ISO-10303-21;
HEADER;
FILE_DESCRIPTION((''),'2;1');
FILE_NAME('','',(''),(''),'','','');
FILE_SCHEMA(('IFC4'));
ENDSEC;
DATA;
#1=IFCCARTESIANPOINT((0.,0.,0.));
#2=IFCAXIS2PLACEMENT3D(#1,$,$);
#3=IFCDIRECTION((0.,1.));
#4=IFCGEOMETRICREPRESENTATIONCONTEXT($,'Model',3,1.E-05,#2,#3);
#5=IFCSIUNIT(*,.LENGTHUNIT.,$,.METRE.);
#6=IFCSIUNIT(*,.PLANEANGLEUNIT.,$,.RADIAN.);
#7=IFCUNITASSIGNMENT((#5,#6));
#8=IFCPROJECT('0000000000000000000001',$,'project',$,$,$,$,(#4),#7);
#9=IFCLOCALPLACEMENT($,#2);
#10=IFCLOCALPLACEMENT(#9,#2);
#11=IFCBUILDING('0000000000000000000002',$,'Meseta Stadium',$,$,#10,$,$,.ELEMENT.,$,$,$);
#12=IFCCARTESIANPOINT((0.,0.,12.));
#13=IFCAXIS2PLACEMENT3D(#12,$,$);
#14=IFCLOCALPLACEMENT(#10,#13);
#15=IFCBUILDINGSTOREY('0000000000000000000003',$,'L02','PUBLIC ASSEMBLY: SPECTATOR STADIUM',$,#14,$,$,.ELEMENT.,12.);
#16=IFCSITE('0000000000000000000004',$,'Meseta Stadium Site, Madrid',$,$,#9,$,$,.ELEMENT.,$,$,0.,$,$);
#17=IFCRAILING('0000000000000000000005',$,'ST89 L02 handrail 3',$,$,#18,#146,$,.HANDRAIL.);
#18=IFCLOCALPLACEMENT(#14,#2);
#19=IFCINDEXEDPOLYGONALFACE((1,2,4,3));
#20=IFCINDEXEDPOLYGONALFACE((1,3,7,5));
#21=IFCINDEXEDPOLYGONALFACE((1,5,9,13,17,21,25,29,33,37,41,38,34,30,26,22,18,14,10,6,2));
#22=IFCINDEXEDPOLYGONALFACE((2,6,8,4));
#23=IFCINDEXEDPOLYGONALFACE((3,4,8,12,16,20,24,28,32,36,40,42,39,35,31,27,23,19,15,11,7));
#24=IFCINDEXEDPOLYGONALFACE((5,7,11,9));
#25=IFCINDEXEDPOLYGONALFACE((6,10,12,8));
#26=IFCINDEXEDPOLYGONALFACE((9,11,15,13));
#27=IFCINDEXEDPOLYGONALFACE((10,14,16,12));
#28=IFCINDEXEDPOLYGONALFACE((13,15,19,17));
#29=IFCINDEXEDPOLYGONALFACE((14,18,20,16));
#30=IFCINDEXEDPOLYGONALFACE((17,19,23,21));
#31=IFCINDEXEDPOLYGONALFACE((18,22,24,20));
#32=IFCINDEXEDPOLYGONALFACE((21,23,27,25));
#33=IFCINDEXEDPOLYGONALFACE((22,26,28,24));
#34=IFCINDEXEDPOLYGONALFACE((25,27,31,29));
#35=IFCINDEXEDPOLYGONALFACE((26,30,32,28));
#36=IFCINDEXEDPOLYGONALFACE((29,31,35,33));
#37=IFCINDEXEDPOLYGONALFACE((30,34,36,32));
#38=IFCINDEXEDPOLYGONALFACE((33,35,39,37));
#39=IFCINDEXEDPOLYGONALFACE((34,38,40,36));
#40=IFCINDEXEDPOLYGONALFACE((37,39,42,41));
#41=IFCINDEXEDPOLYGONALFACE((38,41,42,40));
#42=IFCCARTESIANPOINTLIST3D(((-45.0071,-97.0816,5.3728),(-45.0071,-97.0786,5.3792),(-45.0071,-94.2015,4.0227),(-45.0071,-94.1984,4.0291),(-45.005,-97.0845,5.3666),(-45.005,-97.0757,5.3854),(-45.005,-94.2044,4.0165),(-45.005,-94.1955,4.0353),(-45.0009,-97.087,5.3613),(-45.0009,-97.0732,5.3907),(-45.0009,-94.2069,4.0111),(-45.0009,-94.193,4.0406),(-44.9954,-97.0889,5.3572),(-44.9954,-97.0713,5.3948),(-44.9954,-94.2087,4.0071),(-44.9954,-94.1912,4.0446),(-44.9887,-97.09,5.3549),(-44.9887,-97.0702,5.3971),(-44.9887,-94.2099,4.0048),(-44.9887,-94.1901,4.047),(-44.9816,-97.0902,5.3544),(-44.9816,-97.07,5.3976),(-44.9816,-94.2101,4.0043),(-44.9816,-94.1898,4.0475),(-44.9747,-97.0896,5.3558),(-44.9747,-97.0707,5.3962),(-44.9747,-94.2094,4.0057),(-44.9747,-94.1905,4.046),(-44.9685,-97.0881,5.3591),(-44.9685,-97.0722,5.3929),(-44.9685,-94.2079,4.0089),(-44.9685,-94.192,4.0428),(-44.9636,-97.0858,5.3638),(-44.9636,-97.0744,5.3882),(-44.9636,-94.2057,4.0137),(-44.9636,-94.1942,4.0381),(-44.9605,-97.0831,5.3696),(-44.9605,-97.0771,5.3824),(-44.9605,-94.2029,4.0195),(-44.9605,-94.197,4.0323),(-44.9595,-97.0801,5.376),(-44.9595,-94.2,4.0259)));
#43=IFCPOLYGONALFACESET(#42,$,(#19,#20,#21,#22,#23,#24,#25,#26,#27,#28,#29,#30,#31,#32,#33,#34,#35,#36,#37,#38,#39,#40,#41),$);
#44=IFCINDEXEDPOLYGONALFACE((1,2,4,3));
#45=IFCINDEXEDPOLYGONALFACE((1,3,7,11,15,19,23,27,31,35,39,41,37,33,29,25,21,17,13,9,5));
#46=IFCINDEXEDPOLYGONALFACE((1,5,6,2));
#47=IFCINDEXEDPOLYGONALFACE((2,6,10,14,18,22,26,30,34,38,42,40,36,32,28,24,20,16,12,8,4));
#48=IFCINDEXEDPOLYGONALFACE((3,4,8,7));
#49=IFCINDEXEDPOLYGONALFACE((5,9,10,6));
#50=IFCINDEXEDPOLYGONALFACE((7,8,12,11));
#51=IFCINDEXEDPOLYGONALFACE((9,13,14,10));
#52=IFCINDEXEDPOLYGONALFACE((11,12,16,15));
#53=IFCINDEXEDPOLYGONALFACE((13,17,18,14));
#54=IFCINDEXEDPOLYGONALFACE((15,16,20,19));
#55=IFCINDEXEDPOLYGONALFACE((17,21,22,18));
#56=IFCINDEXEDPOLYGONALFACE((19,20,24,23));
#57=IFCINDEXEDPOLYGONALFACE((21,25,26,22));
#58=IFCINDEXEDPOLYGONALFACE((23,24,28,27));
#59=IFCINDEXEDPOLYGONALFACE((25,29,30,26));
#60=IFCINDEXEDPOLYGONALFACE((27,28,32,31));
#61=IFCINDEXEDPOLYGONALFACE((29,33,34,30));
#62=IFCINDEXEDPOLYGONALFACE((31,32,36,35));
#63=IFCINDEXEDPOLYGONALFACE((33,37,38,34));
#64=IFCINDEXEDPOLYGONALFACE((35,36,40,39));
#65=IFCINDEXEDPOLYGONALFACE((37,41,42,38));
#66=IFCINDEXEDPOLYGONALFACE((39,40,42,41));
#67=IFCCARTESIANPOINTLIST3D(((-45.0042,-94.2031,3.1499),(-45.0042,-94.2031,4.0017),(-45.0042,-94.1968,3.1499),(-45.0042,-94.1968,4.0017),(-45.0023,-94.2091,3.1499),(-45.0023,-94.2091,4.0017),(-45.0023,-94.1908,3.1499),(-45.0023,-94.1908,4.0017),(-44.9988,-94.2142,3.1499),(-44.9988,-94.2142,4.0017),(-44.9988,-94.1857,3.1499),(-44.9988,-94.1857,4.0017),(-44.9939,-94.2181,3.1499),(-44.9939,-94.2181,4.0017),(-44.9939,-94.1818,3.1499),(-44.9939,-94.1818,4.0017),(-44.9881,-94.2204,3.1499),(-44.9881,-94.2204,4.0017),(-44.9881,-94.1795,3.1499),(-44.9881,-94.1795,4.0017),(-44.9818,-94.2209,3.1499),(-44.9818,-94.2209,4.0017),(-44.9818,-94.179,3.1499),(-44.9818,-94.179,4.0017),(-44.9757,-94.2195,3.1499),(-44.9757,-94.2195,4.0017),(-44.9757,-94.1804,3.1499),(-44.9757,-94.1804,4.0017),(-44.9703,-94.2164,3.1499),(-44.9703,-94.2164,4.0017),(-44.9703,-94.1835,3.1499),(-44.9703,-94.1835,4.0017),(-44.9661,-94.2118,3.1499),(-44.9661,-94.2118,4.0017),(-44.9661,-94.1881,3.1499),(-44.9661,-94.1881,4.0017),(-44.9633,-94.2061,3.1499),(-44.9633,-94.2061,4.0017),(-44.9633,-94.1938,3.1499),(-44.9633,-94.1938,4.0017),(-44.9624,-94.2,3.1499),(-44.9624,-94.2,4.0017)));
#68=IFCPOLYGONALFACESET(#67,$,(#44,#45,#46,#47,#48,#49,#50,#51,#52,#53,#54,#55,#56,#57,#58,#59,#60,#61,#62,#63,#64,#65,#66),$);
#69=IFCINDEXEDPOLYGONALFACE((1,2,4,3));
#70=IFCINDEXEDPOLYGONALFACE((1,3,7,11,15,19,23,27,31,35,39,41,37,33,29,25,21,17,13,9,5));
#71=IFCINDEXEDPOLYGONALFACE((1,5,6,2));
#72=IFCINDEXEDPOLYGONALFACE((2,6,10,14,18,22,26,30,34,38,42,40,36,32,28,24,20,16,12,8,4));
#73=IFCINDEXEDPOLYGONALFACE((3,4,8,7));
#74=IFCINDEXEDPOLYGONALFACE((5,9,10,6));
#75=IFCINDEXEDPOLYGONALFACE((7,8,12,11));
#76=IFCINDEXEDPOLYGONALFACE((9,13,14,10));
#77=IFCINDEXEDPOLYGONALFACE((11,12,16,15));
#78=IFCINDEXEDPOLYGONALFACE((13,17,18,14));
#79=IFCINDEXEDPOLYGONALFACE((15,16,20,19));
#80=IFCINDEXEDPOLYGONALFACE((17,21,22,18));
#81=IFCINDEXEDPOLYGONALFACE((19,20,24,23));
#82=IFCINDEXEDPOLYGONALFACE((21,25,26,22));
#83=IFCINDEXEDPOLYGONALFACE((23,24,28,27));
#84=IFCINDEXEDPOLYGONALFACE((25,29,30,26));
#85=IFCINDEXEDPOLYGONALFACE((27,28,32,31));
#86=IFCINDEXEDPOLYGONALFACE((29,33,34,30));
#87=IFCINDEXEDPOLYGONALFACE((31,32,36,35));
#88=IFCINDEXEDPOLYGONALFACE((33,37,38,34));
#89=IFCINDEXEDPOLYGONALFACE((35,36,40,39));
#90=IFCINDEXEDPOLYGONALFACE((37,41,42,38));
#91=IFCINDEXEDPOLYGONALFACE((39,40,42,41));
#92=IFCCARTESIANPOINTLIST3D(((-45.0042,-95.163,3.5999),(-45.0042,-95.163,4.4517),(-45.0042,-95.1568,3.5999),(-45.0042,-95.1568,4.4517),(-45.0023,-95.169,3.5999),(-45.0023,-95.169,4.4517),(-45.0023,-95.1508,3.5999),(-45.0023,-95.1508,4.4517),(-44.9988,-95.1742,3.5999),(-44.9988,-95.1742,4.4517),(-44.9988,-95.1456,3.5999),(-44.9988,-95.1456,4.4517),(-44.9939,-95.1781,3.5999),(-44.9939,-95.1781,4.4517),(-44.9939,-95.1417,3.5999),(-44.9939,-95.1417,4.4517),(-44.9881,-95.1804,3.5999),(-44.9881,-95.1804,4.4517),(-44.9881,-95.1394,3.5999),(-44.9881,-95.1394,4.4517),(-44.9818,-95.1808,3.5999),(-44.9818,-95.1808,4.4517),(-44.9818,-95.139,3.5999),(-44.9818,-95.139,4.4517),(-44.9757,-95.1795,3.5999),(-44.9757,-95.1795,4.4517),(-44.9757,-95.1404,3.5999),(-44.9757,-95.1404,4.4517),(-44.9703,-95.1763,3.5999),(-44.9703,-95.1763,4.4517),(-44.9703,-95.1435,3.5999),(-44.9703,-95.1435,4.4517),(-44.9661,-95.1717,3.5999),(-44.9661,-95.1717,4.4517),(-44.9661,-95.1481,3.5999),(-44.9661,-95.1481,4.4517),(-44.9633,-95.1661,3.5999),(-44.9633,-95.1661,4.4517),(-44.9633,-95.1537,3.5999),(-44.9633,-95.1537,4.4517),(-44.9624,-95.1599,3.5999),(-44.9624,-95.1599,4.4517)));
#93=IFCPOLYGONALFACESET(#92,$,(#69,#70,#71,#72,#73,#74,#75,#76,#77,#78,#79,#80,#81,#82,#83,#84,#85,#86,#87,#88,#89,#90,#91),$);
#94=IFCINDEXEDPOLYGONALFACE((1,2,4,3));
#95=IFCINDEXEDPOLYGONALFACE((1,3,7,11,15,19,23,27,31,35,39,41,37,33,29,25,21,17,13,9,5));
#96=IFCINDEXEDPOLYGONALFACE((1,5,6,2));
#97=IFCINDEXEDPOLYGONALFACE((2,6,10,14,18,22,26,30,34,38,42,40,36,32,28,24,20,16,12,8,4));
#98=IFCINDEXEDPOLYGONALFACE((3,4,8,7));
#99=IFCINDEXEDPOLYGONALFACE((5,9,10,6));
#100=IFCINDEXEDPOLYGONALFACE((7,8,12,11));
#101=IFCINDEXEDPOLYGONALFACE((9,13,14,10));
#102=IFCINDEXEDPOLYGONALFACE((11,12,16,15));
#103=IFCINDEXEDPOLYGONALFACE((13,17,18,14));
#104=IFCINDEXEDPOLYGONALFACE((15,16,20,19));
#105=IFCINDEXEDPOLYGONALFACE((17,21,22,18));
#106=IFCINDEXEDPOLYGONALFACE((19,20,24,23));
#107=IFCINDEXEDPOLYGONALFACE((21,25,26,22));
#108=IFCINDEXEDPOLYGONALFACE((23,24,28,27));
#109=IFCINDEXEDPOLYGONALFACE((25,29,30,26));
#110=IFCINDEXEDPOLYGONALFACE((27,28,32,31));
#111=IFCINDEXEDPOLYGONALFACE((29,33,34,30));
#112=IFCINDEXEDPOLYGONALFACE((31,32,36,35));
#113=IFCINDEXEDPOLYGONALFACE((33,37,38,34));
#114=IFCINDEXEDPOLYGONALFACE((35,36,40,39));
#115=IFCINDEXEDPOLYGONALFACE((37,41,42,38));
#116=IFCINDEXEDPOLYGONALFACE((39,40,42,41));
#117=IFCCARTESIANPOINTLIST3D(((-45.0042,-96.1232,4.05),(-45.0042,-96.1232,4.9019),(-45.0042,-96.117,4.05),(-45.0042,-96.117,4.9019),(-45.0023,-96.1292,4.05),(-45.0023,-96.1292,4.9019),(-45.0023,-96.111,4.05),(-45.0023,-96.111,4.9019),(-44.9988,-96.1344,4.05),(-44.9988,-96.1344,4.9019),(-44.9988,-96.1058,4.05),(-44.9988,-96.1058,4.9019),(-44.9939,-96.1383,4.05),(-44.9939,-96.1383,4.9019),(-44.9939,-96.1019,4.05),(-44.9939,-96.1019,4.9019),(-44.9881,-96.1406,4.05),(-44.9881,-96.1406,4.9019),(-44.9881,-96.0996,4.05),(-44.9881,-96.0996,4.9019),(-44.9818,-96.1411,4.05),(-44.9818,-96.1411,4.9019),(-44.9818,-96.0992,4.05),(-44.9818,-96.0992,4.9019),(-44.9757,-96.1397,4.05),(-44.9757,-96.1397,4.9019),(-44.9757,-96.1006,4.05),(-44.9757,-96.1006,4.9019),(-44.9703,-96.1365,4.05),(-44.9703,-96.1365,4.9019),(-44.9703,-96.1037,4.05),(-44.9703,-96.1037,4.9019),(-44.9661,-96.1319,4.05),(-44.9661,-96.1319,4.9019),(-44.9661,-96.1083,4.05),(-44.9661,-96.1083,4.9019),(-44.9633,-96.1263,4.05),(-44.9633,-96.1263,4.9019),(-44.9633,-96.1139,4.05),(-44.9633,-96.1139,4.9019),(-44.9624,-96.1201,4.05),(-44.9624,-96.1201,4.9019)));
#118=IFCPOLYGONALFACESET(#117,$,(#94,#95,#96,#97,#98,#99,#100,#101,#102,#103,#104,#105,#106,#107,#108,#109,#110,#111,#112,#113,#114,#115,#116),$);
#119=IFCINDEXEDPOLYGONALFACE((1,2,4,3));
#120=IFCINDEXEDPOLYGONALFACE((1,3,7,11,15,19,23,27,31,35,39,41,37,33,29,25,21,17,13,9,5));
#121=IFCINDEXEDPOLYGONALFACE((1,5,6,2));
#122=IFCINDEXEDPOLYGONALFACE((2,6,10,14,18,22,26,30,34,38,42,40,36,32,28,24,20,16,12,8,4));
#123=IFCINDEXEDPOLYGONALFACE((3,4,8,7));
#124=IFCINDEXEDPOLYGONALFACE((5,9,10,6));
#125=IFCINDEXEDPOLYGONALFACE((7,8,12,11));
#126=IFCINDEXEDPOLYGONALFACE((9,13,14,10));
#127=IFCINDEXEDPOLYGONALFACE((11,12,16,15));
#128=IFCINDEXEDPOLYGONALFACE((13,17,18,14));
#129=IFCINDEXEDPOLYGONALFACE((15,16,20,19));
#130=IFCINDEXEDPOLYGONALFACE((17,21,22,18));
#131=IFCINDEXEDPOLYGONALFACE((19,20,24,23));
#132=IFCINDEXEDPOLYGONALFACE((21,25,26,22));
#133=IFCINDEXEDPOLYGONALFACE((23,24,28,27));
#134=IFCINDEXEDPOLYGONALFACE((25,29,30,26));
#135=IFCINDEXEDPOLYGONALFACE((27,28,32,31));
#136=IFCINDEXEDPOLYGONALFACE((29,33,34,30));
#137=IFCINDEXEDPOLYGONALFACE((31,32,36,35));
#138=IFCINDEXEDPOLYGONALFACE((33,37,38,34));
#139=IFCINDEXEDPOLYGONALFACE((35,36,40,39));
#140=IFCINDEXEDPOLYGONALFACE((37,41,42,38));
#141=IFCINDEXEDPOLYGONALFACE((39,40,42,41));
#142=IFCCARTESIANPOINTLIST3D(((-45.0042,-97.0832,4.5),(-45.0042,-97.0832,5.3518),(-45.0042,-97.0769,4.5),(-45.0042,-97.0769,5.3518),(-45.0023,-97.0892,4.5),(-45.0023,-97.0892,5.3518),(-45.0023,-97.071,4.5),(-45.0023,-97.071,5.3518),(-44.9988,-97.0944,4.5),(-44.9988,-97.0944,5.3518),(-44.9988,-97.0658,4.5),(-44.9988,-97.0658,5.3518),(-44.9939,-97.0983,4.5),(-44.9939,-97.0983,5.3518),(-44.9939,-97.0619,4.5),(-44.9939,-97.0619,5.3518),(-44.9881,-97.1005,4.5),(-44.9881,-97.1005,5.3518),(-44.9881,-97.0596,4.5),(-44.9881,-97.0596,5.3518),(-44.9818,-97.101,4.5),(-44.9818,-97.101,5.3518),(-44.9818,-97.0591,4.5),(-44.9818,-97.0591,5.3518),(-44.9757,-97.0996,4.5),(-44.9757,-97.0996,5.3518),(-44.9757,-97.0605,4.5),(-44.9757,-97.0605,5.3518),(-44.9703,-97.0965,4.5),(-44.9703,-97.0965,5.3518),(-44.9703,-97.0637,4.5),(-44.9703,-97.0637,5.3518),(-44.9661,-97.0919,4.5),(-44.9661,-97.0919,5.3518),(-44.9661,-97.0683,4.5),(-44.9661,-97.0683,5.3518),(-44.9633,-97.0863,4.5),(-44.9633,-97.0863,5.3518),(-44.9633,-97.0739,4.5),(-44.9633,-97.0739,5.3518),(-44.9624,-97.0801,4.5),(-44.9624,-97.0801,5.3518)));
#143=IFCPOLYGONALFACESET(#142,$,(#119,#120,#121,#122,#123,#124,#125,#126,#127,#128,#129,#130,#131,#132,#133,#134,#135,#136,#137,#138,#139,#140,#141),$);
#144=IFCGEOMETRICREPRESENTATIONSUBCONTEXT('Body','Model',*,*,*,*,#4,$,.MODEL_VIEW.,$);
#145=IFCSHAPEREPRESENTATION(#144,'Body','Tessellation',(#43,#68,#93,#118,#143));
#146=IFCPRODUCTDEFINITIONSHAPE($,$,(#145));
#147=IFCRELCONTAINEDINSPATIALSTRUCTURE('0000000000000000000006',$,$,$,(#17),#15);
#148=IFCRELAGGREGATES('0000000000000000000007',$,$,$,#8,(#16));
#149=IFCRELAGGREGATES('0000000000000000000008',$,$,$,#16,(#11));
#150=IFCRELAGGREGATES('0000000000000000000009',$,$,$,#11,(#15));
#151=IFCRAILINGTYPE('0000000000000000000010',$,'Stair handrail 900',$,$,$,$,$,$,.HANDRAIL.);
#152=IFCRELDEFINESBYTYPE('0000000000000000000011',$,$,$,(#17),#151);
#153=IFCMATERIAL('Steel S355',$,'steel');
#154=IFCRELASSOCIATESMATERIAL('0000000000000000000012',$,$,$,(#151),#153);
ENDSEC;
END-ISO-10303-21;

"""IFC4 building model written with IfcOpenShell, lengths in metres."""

from ifc_helpers import new_model, si_unit, direction, frame, origin, origin_2d, place, context, subcontext, project, spatial, circle, extrude, material, type_object, element, save


model = new_model("IFC4")

# Units and contexts
model_context = context("Model", 3, precision=1e-05, world=origin(), true_north=direction((0.0, 1.0)))
body_context = subcontext(model_context, "Body", "Model", "MODEL_VIEW")
ifc_project = project(units=[si_unit("LENGTHUNIT", "METRE"), si_unit("PLANEANGLEUNIT", "RADIAN")], contexts=[model_context])

# Site, building, storey
site_placement = place(None, origin())
site = spatial("IfcSite", under=ifc_project, at=site_placement, Name="Meseta Stadium Site, Madrid", CompositionType="ELEMENT", RefElevation=0.0)
building_placement = place(site_placement, origin())
building = spatial("IfcBuilding", under=site, at=building_placement, Name="Meseta Stadium", CompositionType="ELEMENT")
storey_placement = place(building_placement, frame((0.0, 0.0, 12.0)))
storey = spatial("IfcBuildingStorey", under=building, at=storey_placement, Name="L02", Description="PUBLIC ASSEMBLY: SPECTATOR STADIUM", CompositionType="ELEMENT", Elevation=12.0)

# Railing
ifc_material_1 = material(Name="Steel S355", Category="steel")
railing_type_1 = type_object("IfcRailingType", Name="Stair handrail 900", PredefinedType="HANDRAIL", material=ifc_material_1)
for number, where, name in (
    (1, (-44.9834, -94.2, 3.1499), "ST89 L02 handrail 3"),
):
    element("IfcRailing", number, at=place(storey_placement, frame(where)), inside=storey, type_object=railing_type_1, Name=name, PredefinedType="HANDRAIL", context=body_context, shape_type="SweptSolid", body=[
        extrude(circle(Radius=0.0239, at=origin_2d()), frame((0.0, 0.0, 0.876), z_axis=(0.0, -0.905454, 0.424444), x_axis=(1.0, 0.0, 0.0)), (0.0, 0.0, 1.0), 3.1809),
        extrude(circle(Radius=0.021, at=origin_2d()), origin(), (0.0, 0.0, 1.0), 0.8518),
        extrude(circle(Radius=0.021, at=origin_2d()), frame((0.0, -0.96, 0.45)), (0.0, 0.0, 1.0), 0.8518),
        extrude(circle(Radius=0.021, at=origin_2d()), frame((0.0, -1.9202, 0.9001)), (0.0, 0.0, 1.0), 0.8518),
        extrude(circle(Radius=0.021, at=origin_2d()), frame((0.0, -2.8801, 1.3501)), (0.0, 0.0, 1.0), 0.8518),
    ])

save(model, "model.ifc")
